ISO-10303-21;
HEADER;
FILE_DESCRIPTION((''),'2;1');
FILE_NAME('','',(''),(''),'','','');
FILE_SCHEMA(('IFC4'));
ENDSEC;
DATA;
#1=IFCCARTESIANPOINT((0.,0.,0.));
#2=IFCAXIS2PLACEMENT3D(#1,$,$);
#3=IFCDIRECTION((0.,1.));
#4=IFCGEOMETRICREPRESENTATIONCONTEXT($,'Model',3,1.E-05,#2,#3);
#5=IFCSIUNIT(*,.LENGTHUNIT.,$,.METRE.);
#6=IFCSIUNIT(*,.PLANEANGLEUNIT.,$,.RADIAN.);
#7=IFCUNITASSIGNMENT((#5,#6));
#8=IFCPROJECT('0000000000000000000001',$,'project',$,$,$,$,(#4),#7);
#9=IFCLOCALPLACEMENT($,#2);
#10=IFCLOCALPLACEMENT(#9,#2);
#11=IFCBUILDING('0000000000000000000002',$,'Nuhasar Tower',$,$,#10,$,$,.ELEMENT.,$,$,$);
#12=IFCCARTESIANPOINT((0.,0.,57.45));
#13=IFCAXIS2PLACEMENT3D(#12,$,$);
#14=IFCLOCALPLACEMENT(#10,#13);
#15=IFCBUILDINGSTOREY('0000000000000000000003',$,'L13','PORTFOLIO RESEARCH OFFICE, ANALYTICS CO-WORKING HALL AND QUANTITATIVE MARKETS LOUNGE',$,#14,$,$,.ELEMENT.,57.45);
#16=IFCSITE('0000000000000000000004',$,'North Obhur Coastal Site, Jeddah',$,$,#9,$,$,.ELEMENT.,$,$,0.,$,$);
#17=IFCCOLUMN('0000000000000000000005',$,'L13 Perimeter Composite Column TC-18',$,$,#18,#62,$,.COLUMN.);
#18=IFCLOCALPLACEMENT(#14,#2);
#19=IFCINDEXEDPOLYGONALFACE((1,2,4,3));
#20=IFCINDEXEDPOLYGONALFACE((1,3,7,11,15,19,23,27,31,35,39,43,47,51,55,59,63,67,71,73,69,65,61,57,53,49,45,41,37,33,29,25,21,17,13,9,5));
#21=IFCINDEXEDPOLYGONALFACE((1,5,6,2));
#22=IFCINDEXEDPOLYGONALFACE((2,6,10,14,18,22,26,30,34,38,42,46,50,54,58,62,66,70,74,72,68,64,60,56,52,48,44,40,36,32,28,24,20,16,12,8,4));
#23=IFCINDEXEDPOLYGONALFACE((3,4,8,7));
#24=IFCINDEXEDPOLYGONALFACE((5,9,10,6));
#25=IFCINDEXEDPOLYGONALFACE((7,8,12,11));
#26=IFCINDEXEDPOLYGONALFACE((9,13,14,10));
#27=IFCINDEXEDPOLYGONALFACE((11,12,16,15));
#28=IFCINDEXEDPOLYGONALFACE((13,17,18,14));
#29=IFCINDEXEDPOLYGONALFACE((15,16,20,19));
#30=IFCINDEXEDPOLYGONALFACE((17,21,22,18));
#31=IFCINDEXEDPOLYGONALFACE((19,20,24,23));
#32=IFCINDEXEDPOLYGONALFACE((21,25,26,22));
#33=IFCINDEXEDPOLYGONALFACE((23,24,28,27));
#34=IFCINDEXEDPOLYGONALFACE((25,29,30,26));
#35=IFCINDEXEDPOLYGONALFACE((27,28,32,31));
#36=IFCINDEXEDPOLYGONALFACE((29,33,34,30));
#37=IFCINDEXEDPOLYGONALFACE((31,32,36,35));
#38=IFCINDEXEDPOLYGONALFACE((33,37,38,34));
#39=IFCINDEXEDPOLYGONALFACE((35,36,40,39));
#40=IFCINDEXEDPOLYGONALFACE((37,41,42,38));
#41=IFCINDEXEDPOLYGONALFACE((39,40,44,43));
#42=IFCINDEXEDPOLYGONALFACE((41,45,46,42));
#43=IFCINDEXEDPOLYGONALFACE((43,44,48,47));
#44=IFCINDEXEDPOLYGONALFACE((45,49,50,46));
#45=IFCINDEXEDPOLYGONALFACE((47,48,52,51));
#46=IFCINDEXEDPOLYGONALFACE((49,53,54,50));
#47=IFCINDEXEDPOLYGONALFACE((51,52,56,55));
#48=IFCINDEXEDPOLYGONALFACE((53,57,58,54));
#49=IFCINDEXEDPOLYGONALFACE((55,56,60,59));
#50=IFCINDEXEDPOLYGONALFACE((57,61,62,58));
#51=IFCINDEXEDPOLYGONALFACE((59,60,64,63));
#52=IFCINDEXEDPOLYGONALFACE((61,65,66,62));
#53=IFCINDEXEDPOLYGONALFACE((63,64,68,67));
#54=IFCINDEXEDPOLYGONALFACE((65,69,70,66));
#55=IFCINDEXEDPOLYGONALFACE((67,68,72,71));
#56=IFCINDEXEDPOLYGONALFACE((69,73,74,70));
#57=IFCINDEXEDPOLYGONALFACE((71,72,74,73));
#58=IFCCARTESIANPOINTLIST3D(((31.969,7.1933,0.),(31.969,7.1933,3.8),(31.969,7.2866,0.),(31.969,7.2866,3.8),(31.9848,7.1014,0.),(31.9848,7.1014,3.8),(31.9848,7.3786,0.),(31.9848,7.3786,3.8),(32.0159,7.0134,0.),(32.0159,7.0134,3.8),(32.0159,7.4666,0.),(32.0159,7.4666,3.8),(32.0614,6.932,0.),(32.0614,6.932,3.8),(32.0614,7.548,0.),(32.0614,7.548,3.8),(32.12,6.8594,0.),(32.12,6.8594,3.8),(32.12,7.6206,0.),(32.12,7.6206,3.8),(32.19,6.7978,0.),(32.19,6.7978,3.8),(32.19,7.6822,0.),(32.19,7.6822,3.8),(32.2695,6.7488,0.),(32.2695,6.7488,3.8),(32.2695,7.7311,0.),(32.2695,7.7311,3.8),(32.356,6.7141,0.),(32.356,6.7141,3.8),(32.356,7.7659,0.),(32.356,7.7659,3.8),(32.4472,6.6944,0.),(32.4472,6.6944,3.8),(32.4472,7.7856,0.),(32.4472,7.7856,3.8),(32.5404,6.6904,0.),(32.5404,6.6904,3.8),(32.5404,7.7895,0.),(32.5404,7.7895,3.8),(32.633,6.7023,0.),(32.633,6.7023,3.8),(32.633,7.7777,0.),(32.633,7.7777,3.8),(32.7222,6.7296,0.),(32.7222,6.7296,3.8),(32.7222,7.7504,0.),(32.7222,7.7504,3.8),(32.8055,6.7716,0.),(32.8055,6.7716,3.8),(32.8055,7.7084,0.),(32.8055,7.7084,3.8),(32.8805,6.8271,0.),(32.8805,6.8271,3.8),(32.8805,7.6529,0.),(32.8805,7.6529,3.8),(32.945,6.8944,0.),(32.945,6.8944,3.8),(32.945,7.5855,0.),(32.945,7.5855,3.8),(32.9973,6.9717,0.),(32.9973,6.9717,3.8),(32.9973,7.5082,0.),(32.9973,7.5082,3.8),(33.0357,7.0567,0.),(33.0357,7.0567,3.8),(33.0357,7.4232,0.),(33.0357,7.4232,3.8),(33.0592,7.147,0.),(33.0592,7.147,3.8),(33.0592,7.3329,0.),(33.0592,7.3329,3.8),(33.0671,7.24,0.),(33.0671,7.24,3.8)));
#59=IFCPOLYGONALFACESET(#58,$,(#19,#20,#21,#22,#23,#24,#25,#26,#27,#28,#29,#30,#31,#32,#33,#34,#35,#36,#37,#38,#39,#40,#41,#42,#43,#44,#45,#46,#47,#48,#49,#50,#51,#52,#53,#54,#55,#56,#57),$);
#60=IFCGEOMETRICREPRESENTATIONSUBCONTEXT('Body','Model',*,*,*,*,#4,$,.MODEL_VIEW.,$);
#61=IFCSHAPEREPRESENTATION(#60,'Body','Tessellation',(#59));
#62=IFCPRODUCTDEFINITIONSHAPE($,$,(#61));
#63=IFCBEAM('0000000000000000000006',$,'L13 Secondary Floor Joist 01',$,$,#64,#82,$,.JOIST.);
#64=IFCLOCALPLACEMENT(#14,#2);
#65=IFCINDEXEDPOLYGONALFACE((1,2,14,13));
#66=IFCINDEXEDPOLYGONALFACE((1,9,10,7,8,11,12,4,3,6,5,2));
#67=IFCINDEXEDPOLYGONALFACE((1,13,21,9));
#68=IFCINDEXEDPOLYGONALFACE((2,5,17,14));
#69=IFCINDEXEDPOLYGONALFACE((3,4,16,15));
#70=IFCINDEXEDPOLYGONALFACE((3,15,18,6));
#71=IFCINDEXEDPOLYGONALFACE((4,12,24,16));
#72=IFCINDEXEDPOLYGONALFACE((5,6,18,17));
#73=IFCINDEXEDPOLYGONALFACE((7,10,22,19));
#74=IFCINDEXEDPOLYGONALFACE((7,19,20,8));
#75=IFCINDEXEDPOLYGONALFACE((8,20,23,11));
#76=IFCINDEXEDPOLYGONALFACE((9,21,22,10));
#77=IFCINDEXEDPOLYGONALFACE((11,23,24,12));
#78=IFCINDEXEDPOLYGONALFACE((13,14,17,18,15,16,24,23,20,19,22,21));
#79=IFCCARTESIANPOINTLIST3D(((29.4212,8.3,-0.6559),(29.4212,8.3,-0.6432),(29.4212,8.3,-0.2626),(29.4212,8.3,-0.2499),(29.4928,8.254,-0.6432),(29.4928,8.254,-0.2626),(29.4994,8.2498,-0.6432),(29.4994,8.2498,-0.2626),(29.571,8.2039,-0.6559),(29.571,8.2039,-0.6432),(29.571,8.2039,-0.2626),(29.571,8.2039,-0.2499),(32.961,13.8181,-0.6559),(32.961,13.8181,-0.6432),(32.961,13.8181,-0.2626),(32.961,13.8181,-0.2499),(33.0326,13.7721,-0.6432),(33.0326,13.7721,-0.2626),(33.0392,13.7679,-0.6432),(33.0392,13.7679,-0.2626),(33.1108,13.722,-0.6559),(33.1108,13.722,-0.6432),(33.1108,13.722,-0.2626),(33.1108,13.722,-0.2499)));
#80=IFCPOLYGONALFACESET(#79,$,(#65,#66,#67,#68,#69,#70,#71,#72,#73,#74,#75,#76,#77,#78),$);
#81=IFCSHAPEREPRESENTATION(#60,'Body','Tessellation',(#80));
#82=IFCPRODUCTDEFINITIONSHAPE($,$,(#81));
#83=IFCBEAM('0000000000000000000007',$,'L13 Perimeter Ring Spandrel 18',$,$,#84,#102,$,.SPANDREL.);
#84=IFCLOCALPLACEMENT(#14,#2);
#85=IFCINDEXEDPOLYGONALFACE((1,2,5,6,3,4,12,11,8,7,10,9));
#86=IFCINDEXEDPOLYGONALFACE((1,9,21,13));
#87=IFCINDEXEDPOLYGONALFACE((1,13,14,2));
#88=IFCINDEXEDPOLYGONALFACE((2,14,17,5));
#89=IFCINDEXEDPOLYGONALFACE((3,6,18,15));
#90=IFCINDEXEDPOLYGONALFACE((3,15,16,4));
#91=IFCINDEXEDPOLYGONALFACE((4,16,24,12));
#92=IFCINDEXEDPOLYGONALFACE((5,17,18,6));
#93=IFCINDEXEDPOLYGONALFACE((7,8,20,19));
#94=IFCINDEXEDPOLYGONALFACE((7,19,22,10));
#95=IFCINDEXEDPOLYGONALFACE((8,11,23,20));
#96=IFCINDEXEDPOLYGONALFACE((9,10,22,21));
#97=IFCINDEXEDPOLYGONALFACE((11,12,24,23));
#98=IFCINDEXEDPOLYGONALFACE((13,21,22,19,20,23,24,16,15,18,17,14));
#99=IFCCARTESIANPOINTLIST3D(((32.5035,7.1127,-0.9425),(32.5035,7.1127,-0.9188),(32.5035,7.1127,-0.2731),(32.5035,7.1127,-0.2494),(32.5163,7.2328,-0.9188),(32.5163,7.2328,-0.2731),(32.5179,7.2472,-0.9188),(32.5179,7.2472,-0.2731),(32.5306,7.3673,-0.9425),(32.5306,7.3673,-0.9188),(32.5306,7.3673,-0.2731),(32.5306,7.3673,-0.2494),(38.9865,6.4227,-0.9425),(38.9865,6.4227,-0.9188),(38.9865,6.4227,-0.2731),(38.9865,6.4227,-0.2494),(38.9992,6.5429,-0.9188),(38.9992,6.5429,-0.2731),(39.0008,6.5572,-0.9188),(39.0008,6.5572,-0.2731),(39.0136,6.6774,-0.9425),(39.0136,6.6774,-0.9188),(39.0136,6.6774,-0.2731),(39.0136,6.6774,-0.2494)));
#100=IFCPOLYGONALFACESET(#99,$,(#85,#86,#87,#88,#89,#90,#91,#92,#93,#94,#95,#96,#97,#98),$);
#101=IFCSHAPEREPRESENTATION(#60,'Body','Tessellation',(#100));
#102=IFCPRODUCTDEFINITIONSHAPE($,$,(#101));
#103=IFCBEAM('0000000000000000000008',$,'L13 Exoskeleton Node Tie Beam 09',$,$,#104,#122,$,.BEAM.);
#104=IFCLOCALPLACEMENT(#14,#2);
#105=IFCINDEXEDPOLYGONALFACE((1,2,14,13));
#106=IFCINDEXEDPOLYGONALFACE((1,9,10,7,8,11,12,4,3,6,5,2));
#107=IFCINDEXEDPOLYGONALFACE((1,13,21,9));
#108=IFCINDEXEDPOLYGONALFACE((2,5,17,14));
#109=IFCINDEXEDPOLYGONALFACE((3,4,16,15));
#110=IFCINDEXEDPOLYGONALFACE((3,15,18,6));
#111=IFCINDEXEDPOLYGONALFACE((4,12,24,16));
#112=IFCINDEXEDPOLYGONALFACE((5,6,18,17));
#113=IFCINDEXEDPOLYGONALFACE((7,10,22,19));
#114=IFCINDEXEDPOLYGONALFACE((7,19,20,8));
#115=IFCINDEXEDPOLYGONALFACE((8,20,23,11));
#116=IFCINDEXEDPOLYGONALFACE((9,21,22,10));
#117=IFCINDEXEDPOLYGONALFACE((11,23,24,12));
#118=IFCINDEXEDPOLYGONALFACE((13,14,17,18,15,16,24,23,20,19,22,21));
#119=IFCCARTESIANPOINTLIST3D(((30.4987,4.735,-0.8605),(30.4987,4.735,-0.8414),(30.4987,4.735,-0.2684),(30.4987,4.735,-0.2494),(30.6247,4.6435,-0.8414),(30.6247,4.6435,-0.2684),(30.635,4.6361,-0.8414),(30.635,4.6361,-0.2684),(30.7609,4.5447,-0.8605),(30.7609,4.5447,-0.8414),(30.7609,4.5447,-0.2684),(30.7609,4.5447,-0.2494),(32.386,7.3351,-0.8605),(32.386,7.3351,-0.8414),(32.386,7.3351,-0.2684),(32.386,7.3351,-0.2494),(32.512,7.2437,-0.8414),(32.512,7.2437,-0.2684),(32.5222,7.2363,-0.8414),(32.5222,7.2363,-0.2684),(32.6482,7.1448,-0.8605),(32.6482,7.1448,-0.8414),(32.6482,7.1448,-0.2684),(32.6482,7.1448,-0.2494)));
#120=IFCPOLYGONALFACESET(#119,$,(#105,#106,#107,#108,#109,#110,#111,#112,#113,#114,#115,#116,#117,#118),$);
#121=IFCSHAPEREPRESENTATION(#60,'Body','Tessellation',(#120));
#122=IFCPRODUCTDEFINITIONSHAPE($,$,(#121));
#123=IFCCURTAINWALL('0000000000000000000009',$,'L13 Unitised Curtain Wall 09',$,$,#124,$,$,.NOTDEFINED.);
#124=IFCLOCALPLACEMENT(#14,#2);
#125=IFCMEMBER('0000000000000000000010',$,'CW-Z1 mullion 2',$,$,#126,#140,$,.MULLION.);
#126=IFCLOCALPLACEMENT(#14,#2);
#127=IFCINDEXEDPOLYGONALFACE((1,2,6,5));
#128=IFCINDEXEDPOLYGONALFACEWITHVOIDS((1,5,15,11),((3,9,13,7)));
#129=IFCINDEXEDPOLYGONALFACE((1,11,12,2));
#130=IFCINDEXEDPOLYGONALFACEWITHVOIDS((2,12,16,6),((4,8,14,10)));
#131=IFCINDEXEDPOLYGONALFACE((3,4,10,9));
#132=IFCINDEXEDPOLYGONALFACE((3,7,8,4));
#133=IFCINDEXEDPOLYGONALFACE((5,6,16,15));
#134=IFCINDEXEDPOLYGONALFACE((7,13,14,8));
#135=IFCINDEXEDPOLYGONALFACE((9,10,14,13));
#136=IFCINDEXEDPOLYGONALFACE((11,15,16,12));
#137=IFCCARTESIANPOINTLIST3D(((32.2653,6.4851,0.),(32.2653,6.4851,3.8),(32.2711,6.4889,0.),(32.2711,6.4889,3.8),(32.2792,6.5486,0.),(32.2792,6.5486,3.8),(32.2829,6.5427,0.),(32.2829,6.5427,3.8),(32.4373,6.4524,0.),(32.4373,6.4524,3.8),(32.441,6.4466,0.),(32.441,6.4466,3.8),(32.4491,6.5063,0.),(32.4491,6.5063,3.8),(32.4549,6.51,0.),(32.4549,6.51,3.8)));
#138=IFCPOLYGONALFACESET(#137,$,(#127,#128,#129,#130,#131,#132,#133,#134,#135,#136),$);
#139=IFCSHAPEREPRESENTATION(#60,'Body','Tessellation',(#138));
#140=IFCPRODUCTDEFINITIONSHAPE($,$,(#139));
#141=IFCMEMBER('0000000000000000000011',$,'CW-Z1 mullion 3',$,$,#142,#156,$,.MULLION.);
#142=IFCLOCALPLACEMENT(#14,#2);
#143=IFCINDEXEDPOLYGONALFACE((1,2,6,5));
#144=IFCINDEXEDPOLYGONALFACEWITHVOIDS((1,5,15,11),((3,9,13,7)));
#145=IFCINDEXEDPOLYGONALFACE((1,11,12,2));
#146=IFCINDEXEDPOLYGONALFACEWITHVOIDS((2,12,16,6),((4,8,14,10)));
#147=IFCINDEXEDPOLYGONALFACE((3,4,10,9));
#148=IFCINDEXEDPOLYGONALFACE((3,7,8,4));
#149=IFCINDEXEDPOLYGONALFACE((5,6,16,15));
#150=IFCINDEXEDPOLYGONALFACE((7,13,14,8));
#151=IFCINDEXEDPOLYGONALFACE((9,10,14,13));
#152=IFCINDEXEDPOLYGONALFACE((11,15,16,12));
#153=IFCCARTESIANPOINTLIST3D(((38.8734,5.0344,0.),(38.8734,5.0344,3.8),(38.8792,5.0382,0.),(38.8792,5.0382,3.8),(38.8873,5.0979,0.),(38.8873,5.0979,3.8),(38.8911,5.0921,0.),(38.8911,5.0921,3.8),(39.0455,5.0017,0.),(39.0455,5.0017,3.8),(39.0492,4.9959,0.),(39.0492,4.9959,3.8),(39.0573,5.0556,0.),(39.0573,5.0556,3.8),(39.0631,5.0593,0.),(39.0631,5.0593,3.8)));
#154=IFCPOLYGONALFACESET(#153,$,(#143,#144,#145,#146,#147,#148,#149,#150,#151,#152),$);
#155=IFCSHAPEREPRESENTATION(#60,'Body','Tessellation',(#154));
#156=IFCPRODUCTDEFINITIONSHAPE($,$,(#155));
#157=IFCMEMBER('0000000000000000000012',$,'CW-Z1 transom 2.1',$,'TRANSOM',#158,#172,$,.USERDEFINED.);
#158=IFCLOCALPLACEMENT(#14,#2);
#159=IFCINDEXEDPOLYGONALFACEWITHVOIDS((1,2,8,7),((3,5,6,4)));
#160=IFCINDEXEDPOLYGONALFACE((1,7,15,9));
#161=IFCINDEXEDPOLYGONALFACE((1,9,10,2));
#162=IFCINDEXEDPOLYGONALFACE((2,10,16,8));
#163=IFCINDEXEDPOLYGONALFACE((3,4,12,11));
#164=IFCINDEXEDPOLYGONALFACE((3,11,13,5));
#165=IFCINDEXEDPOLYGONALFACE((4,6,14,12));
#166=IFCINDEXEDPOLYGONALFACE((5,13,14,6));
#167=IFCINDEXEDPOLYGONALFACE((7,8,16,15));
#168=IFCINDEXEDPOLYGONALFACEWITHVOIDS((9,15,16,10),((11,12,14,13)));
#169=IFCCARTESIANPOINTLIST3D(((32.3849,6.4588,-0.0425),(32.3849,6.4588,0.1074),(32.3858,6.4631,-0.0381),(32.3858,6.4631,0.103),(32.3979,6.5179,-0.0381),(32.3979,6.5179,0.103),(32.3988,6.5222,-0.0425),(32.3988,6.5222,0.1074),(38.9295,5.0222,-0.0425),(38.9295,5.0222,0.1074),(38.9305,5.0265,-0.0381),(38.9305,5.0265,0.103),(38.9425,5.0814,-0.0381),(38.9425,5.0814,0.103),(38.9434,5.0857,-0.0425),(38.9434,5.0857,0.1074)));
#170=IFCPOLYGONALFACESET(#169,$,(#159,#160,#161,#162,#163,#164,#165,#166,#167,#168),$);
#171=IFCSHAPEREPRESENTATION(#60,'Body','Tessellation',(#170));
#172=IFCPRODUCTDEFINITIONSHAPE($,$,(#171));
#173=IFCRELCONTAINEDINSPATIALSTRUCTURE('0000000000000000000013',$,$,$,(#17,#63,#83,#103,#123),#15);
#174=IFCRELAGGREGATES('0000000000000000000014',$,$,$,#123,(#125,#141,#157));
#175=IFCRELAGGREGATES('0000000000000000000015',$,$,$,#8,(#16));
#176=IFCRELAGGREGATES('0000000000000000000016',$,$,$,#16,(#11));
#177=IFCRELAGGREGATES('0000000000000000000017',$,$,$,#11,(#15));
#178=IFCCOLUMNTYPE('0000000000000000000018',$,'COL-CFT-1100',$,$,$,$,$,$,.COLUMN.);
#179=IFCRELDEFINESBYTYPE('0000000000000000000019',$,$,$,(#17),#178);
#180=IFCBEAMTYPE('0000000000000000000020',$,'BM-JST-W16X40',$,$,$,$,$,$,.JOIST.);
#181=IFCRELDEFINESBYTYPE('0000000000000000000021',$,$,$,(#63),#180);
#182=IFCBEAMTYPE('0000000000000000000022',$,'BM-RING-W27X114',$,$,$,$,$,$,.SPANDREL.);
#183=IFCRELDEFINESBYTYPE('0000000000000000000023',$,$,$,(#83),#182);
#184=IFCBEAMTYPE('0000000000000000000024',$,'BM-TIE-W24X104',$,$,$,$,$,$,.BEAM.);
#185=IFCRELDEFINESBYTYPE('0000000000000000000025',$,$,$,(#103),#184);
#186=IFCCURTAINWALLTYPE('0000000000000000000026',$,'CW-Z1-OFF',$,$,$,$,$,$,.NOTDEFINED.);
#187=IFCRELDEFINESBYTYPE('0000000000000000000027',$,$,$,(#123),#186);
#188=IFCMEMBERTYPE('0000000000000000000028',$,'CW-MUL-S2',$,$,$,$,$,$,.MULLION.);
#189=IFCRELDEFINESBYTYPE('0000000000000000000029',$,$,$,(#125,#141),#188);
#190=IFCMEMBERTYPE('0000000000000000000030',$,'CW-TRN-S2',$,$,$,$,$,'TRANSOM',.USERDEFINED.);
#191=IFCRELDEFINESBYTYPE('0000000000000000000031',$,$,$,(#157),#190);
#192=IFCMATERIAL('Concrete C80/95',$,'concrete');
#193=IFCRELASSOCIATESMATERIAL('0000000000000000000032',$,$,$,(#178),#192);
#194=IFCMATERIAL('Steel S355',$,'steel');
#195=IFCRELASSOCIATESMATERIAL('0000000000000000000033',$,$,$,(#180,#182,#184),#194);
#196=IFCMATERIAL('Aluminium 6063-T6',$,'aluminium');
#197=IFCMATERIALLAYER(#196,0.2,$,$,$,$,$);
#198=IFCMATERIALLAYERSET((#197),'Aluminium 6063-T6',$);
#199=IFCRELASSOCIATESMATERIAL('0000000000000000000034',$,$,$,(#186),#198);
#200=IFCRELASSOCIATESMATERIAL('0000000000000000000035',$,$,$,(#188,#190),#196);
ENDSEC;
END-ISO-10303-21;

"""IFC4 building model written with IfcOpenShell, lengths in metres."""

from ifc_helpers import new_model, si_unit, direction, frame, origin, origin_2d, place, context, subcontext, project, spatial, hollow_rectangle, circle, i_section, extrude, material, layer, layer_set, material_profile, profile_set, type_object, element, aggregate, save


model = new_model("IFC4")

# Units and contexts
model_context = context("Model", 3, precision=1e-05, world=origin(), true_north=direction((0.0, 1.0)))
body_context = subcontext(model_context, "Body", "Model", "MODEL_VIEW")
ifc_project = project(units=[si_unit("LENGTHUNIT", "METRE"), si_unit("PLANEANGLEUNIT", "RADIAN")], contexts=[model_context])

# Site, building, storey
site_placement = place(None, origin())
site = spatial("IfcSite", under=ifc_project, at=site_placement, Name="North Obhur Coastal Site, Jeddah", CompositionType="ELEMENT", RefElevation=0.0)
building_placement = place(site_placement, origin())
building = spatial("IfcBuilding", under=site, at=building_placement, Name="Nuhasar Tower", CompositionType="ELEMENT")
storey_placement = place(building_placement, frame((0.0, 0.0, 57.45)))
storey = spatial("IfcBuildingStorey", under=building, at=storey_placement, Name="L13", Description="PORTFOLIO RESEARCH OFFICE, ANALYTICS CO-WORKING HALL AND QUANTITATIVE MARKETS LOUNGE", CompositionType="ELEMENT", Elevation=57.45)

# Column
ifc_material_1 = material(Name="Concrete C80/95", Category="concrete")
ifc_material_profile_1 = material_profile(ifc_material_1, circle(Radius=0.55, at=origin_2d()), Name="CFT1100")
ifc_profile_set_1 = profile_set([ifc_material_profile_1], Name="Concrete C80/95")
column_type = type_object("IfcColumnType", Name="COL-CFT-1100", PredefinedType="COLUMN", material=ifc_profile_set_1)
column_placement = place(storey_placement, frame((32.5171, 7.24, 0.0), z_axis=(0.0, 0.0, 1.0), x_axis=(1.0, 0.0, 0.0)))
element("IfcColumn", 1, at=column_placement, inside=storey, type_object=column_type, Name="L13 Perimeter Composite Column TC-18", PredefinedType="COLUMN", context=body_context, shape_type="SweptSolid", body=[
    extrude(circle(Radius=0.55, at=origin_2d()), origin(), (0.0, 0.0, 1.0), 3.8),
])

# Beams
ifc_material_2 = material(Name="Steel S355", Category="steel")
ifc_material_profile_2 = material_profile(ifc_material_2, i_section(OverallWidth=0.178, OverallDepth=0.406, WebThickness=0.0078, FlangeThickness=0.0127, at=origin_2d()), Name="W16X40")
ifc_profile_set_2 = profile_set([ifc_material_profile_2], Name="Steel S355")
beam_type_1 = type_object("IfcBeamType", Name="BM-JST-W16X40", PredefinedType="JOIST", material=ifc_profile_set_2)
beam_1_placement = place(storey_placement, frame((33.0359, 13.77, -0.4529), z_axis=(-0.539944, -0.841701, 0.0), x_axis=(0.841701, -0.539944, 0.0)))
element("IfcBeam", 2, at=beam_1_placement, inside=storey, type_object=beam_type_1, Name="L13 Secondary Floor Joist 01", PredefinedType="JOIST", context=body_context, shape_type="SweptSolid", body=[
    extrude(i_section(OverallWidth=0.178, OverallDepth=0.406, WebThickness=0.0078, FlangeThickness=0.0127, at=origin_2d()), origin(), (0.0, 0.0, 1.0), 6.5559),
])
ifc_material_profile_3 = material_profile(ifc_material_2, i_section(OverallWidth=0.2561, OverallDepth=0.6931, WebThickness=0.0144, FlangeThickness=0.0237, at=origin_2d()), Name="W27X114")
ifc_profile_set_3 = profile_set([ifc_material_profile_3], Name="Steel S355")
beam_type_2 = type_object("IfcBeamType", Name="BM-RING-W27X114", PredefinedType="SPANDREL", material=ifc_profile_set_3)
beam_2_placement = place(storey_placement, frame((32.5171, 7.24, -0.5959), z_axis=(0.994385, -0.105827, 0.0), x_axis=(0.105827, 0.994385, 0.0)))
element("IfcBeam", 3, at=beam_2_placement, inside=storey, type_object=beam_type_2, Name="L13 Perimeter Ring Spandrel 18", PredefinedType="SPANDREL", context=body_context, shape_type="SweptSolid", body=[
    extrude(i_section(OverallWidth=0.2561, OverallDepth=0.6931, WebThickness=0.0144, FlangeThickness=0.0237, at=origin_2d()), origin(), (0.0, 0.0, 1.0), 6.5195),
])
ifc_material_profile_4 = material_profile(ifc_material_2, i_section(OverallWidth=0.324, OverallDepth=0.6111, WebThickness=0.0127, FlangeThickness=0.019, at=origin_2d()), Name="W24X104")
ifc_profile_set_4 = profile_set([ifc_material_profile_4], Name="Steel S355")
beam_type_3 = type_object("IfcBeamType", Name="BM-TIE-W24X104", PredefinedType="BEAM", material=ifc_profile_set_4)
beam_3_placement = place(storey_placement, frame((32.5171, 7.24, -0.5549), z_axis=(-0.587403, -0.809294, 0.0), x_axis=(0.809294, -0.587403, 0.0)))
element("IfcBeam", 4, at=beam_3_placement, inside=storey, type_object=beam_type_3, Name="L13 Exoskeleton Node Tie Beam 09", PredefinedType="BEAM", context=body_context, shape_type="SweptSolid", body=[
    extrude(i_section(OverallWidth=0.324, OverallDepth=0.6111, WebThickness=0.0127, FlangeThickness=0.019, at=origin_2d()), origin(), (0.0, 0.0, 1.0), 3.2129),
])

# Curtain wall, members
ifc_material_3 = material(Name="Aluminium 6063-T6", Category="aluminium")
ifc_layer_1 = layer(ifc_material_3, 0.2)
ifc_layer_set_1 = layer_set([ifc_layer_1], Name="Aluminium 6063-T6")
curtain_wall_type = type_object("IfcCurtainWallType", Name="CW-Z1-OFF", PredefinedType="NOTDEFINED", material=ifc_layer_set_1)
curtain_wall_placement = place(storey_placement, origin())
curtain_wall = element("IfcCurtainWall", 5, at=curtain_wall_placement, inside=storey, type_object=curtain_wall_type, Name="L13 Unitised Curtain Wall 09", PredefinedType="NOTDEFINED")
ifc_material_profile_5 = material_profile(ifc_material_3, hollow_rectangle(XDim=0.0649, YDim=0.1799, WallThickness=0.0049, at=origin_2d()), Name="CWM-2")
ifc_profile_set_5 = profile_set([ifc_material_profile_5], Name="Aluminium 6063-T6")
member_type_1 = type_object("IfcMemberType", Name="CW-MUL-S2", PredefinedType="MULLION", material=ifc_profile_set_5)
member_1_placement = place(storey_placement, frame((32.3601, 6.4976, 0.0), z_axis=(0.0, 0.0, 1.0), x_axis=(0.214399, 0.976746, 0.0)))
member_1 = element("IfcMember", 6, at=member_1_placement, type_object=member_type_1, Name="CW-Z1 mullion 2", PredefinedType="MULLION", context=body_context, shape_type="SweptSolid", body=[
    extrude(hollow_rectangle(XDim=0.0649, YDim=0.1799, WallThickness=0.0049, at=origin_2d()), origin(), (0.0, 0.0, 1.0), 3.8),
])
member_2_placement = place(storey_placement, frame((38.9683, 5.0469, 0.0), z_axis=(0.0, 0.0, 1.0), x_axis=(0.214399, 0.976746, 0.0)))
member_2 = element("IfcMember", 7, at=member_2_placement, type_object=member_type_1, Name="CW-Z1 mullion 3", PredefinedType="MULLION", context=body_context, shape_type="SweptSolid", body=[
    extrude(hollow_rectangle(XDim=0.0649, YDim=0.1799, WallThickness=0.0049, at=origin_2d()), origin(), (0.0, 0.0, 1.0), 3.8),
])
ifc_material_profile_6 = material_profile(ifc_material_3, hollow_rectangle(XDim=0.0649, YDim=0.1499, WallThickness=0.0044, at=origin_2d()), Name="CWT-2")
ifc_profile_set_6 = profile_set([ifc_material_profile_6], Name="Aluminium 6063-T6")
member_type_2 = type_object("IfcMemberType", Name="CW-TRN-S2", ElementType="TRANSOM", PredefinedType="USERDEFINED", material=ifc_profile_set_6)
member_3_placement = place(storey_placement, frame((32.3918, 6.4905, 0.0325), z_axis=(0.976748, -0.214391, 0.0), x_axis=(0.214391, 0.976748, 0.0)))
member_3 = element("IfcMember", 8, at=member_3_placement, type_object=member_type_2, Name="CW-Z1 transom 2.1", ObjectType="TRANSOM", PredefinedType="USERDEFINED", context=body_context, shape_type="SweptSolid", body=[
    extrude(hollow_rectangle(XDim=0.0649, YDim=0.1499, WallThickness=0.0044, at=origin_2d()), origin(), (0.0, 0.0, 1.0), 6.7004),
])

aggregate(curtain_wall, [member_1, member_2, member_3])

save(model, "model.ifc")
